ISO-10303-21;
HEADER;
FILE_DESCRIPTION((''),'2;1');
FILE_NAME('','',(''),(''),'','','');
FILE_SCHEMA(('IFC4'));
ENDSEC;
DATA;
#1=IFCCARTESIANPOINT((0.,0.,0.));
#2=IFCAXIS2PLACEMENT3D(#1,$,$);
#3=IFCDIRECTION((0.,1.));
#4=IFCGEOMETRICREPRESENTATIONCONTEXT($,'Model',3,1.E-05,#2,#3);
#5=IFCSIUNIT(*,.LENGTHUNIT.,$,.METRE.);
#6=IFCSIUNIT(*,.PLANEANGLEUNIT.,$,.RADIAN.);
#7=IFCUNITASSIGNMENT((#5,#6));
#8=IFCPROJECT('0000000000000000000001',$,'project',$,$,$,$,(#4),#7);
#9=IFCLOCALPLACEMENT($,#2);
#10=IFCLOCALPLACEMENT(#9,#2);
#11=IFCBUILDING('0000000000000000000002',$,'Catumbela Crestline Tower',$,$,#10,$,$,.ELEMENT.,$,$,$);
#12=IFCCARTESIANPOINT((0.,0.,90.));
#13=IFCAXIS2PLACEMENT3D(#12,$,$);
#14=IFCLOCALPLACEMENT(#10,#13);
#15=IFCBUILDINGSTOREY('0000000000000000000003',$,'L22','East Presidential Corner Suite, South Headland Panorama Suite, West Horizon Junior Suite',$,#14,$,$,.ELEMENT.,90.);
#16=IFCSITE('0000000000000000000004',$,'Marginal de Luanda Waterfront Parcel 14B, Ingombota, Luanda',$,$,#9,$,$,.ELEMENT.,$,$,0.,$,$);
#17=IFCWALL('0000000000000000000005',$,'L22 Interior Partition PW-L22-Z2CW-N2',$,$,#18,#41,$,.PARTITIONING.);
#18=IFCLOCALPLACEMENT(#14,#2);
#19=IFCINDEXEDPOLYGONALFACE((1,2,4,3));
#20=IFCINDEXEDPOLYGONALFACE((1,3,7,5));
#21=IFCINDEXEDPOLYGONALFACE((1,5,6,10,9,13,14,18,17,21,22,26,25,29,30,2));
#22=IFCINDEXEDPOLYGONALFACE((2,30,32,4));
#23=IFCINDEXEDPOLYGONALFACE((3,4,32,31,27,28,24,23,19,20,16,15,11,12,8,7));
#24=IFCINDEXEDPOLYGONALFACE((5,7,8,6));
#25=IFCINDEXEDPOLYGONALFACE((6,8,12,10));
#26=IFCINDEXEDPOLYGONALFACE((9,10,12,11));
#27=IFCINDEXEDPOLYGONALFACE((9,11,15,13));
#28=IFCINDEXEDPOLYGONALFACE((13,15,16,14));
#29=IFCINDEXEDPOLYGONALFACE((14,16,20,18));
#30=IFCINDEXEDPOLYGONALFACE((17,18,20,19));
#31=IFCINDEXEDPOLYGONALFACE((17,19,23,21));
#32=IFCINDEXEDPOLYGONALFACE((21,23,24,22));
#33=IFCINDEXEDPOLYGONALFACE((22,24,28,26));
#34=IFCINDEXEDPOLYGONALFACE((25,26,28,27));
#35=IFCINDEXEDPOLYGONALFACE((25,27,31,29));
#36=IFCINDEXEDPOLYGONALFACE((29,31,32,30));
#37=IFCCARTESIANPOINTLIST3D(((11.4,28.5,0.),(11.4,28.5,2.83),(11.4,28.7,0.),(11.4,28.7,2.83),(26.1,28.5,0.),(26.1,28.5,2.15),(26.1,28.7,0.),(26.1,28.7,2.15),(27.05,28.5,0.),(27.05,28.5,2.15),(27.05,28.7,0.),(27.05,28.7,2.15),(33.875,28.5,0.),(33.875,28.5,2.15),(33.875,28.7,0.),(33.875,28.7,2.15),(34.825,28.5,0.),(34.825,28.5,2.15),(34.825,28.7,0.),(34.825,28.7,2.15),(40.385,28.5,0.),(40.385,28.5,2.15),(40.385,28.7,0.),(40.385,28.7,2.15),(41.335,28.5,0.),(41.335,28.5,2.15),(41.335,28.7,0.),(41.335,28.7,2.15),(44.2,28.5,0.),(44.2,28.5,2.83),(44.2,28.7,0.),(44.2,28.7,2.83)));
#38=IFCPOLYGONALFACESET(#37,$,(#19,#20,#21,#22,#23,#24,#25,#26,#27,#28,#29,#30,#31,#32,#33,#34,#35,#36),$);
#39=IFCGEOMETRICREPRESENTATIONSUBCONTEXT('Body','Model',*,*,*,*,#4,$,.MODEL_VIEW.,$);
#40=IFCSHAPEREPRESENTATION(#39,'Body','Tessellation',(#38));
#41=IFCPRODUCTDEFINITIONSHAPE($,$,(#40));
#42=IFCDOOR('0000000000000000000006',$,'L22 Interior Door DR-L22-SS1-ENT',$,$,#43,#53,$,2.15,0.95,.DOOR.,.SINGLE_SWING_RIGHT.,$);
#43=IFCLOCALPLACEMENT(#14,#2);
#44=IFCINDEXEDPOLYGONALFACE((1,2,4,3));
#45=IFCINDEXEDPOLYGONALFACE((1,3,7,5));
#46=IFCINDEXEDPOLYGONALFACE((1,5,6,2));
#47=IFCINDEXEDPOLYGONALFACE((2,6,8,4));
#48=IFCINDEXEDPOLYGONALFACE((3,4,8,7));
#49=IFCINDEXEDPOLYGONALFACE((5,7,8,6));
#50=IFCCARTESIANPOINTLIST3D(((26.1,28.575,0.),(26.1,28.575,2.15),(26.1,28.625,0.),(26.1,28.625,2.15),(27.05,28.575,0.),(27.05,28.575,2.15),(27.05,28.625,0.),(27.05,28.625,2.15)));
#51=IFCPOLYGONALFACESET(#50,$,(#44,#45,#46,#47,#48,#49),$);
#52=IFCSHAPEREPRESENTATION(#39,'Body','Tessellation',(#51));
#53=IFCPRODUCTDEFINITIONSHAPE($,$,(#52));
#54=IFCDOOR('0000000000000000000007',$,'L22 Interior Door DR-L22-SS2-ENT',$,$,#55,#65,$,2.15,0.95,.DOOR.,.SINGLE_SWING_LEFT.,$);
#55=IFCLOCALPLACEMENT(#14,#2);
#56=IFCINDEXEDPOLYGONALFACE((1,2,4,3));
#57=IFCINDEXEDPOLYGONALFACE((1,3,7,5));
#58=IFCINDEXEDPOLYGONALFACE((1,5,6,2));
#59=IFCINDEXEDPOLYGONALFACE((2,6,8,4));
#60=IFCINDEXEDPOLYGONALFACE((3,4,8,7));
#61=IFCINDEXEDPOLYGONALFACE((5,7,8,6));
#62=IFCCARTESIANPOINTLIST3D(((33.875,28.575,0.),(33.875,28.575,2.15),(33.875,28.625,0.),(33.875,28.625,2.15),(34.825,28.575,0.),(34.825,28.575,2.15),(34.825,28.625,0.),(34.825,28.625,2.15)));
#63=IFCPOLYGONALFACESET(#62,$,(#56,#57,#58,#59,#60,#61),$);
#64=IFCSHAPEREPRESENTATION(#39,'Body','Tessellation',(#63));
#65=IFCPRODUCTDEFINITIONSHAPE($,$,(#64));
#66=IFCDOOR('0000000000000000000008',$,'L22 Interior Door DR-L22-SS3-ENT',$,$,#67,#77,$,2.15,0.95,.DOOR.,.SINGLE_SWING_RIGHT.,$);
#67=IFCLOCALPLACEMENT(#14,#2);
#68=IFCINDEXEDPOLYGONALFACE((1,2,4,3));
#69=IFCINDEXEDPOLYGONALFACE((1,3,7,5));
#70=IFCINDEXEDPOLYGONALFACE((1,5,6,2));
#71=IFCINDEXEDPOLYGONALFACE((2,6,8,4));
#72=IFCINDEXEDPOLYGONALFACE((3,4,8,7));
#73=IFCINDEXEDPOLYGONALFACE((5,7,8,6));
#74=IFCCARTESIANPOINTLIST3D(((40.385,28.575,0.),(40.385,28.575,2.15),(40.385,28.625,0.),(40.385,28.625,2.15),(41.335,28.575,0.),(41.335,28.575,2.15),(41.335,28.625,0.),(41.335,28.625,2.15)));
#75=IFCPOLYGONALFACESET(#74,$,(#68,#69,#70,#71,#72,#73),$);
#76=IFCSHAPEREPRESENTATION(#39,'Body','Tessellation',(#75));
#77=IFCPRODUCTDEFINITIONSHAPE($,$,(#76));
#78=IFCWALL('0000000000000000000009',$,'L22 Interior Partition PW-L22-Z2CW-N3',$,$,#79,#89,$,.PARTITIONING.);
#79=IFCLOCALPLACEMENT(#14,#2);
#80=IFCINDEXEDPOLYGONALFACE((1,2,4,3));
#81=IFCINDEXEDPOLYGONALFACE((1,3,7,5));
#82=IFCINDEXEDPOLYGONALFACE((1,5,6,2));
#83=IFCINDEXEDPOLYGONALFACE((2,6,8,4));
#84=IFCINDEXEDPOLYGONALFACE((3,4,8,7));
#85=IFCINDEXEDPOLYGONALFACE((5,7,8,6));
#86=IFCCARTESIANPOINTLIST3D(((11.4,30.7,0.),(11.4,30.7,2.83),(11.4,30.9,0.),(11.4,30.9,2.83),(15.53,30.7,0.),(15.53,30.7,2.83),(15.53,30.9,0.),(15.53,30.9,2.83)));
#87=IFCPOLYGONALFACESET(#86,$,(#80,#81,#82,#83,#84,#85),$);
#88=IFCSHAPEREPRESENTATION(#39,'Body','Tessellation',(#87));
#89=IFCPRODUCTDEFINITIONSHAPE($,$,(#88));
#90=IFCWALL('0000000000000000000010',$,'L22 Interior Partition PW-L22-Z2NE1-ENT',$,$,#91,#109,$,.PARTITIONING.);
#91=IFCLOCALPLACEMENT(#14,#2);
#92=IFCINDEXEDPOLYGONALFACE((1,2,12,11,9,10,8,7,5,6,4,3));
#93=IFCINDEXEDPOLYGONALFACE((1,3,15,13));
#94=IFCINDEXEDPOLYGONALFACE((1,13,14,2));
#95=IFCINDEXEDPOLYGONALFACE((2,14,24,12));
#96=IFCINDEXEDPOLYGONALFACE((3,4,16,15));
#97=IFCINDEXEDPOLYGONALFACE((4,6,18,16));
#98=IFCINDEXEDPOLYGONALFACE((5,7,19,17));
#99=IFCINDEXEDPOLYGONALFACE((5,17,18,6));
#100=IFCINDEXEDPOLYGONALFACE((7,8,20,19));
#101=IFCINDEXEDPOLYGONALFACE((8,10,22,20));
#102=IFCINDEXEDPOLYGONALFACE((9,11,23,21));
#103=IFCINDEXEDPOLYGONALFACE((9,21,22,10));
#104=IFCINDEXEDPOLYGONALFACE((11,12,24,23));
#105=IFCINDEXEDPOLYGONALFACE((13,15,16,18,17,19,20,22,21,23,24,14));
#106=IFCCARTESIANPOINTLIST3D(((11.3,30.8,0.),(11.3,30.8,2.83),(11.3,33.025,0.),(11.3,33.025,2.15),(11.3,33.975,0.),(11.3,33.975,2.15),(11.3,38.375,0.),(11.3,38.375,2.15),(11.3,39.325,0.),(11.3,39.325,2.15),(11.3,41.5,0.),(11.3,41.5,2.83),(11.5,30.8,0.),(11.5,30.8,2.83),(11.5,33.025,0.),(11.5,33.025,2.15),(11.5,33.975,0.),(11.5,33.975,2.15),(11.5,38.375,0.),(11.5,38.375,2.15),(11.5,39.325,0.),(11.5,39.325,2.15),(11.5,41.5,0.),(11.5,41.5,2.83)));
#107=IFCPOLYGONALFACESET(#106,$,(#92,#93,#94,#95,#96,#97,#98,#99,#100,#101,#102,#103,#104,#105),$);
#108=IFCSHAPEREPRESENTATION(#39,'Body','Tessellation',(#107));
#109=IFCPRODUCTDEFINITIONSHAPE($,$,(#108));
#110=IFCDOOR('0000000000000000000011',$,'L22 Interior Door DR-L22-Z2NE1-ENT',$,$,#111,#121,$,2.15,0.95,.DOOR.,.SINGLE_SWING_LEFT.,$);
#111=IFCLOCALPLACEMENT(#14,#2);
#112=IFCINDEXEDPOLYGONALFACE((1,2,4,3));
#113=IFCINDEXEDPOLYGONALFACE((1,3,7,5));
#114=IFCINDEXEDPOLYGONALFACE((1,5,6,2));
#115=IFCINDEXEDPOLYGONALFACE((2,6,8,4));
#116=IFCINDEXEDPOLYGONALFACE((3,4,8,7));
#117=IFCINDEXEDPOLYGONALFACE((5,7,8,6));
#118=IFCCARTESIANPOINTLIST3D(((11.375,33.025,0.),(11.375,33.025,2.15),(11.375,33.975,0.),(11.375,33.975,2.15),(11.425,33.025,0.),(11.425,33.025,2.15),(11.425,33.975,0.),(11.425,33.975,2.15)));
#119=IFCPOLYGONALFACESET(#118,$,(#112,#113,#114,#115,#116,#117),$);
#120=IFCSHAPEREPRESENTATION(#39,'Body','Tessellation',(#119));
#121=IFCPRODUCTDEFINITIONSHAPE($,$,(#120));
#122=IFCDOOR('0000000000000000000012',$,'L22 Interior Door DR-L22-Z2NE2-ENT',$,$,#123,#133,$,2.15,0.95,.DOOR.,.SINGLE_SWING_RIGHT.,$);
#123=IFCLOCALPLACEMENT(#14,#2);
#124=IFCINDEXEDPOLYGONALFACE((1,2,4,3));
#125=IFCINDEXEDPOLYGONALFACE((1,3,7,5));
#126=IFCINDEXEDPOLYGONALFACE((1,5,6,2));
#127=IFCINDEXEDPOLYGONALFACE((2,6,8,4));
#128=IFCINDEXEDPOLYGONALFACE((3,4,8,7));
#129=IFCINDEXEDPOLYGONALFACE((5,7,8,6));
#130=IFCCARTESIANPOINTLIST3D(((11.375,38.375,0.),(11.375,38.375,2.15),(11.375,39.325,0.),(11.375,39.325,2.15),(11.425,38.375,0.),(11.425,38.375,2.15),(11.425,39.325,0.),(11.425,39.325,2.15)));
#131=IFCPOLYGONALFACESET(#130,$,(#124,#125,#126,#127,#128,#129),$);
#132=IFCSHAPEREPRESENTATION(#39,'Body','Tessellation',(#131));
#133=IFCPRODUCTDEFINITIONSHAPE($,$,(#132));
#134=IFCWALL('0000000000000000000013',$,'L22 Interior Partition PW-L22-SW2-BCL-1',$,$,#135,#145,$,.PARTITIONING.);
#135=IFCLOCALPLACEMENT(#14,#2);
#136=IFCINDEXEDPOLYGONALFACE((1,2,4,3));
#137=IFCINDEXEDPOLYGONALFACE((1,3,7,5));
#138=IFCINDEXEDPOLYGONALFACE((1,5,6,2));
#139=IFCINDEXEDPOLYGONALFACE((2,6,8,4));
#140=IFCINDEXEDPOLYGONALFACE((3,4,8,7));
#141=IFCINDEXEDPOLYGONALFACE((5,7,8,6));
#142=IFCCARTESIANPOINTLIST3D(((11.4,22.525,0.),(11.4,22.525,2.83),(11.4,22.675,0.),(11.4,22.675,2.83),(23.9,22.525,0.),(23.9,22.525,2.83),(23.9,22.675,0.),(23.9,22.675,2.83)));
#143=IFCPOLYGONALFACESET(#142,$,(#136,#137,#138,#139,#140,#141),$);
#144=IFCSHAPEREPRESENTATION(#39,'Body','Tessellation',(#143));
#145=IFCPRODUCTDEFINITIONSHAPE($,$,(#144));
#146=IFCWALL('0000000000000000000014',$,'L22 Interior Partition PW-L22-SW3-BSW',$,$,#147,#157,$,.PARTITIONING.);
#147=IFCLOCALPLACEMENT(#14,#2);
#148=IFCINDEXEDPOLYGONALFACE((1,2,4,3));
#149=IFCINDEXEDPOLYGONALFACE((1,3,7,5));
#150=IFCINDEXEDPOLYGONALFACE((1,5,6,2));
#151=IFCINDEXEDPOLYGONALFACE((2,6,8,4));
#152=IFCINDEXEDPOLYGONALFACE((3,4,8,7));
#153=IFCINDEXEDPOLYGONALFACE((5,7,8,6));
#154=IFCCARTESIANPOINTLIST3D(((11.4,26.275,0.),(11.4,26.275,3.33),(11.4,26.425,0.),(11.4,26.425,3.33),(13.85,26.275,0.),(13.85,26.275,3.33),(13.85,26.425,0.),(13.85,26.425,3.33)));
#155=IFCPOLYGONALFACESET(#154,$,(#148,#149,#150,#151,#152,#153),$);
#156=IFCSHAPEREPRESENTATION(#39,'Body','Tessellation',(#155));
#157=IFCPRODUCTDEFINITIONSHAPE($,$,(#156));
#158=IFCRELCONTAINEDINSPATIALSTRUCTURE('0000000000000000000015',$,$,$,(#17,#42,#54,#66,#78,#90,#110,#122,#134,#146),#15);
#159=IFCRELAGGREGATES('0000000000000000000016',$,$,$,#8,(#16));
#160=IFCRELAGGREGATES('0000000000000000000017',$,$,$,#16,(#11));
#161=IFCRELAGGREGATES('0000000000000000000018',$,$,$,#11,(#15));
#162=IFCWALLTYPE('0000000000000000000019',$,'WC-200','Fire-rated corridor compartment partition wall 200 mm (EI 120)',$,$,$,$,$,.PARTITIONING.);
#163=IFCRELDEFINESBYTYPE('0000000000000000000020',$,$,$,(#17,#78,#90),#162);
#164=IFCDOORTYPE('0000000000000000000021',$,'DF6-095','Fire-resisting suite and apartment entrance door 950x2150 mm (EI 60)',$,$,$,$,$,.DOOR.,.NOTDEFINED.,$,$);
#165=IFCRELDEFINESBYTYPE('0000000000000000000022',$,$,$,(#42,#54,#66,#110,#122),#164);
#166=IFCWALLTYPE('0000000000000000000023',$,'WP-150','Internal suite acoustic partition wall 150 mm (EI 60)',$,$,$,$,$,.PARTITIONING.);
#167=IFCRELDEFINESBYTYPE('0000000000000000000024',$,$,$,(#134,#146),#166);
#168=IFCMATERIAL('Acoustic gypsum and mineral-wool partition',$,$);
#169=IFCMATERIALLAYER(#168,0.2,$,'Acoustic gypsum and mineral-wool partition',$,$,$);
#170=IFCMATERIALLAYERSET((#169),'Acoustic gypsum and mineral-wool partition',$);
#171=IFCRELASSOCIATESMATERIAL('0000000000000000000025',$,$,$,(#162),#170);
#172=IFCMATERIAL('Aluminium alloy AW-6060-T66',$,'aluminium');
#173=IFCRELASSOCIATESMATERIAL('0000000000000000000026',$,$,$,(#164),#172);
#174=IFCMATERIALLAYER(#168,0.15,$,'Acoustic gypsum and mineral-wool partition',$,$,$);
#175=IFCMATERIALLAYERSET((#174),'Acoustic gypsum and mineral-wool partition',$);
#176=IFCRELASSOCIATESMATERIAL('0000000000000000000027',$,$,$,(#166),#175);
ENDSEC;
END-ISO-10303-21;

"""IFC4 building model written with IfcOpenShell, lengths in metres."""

from ifc_helpers import new_model, si_unit, direction, frame, frame_2d, origin, place, context, subcontext, project, spatial, rectangle, extrude, material, layer, layer_set, type_object, element, fill, save


model = new_model("IFC4")

# Units and contexts
model_context = context("Model", 3, precision=1e-05, world=origin(), true_north=direction((0.0, 1.0)))
body_context = subcontext(model_context, "Body", "Model", "MODEL_VIEW")
ifc_project = project(units=[si_unit("LENGTHUNIT", "METRE"), si_unit("PLANEANGLEUNIT", "RADIAN")], contexts=[model_context])

# Site, building, storey
site_placement = place(None, origin())
site = spatial("IfcSite", under=ifc_project, at=site_placement, Name="Marginal de Luanda Waterfront Parcel 14B, Ingombota, Luanda", CompositionType="ELEMENT", RefElevation=0.0)
building_placement = place(site_placement, origin())
building = spatial("IfcBuilding", under=site, at=building_placement, Name="Catumbela Crestline Tower", CompositionType="ELEMENT")
storey_placement = place(building_placement, frame((0.0, 0.0, 90.0)))
storey = spatial("IfcBuildingStorey", under=building, at=storey_placement, Name="L22", Description="East Presidential Corner Suite, South Headland Panorama Suite, West Horizon Junior Suite", CompositionType="ELEMENT", Elevation=90.0)

# Wall, openings, doors
ifc_material_1 = material(Name="Acoustic gypsum and mineral-wool partition")
ifc_layer_1 = layer(ifc_material_1, 0.2, Name="Acoustic gypsum and mineral-wool partition")
ifc_layer_set_1 = layer_set([ifc_layer_1], Name="Acoustic gypsum and mineral-wool partition")
wall_type_1 = type_object("IfcWallType", Name="WC-200", Description="Fire-rated corridor compartment partition wall 200 mm (EI 120)", PredefinedType="PARTITIONING", material=ifc_layer_set_1)
wall_1_placement = place(storey_placement, frame((11.4, 28.6, 0.0), z_axis=(0.0, 0.0, 1.0), x_axis=(1.0, 0.0, 0.0)))
wall_1 = element("IfcWall", 1, at=wall_1_placement, inside=storey, type_object=wall_type_1, Name="L22 Interior Partition PW-L22-Z2CW-N2", PredefinedType="PARTITIONING", context=body_context, shape_type="SweptSolid", body=[
    extrude(rectangle(XDim=32.8, YDim=0.2, at=frame_2d((16.4, 0.0))), origin(), (0.0, 0.0, 1.0), 2.83),
])
opening_1_placement = place(wall_1_placement, frame((14.7, 0.0, 0.0)))
opening_1 = element("IfcOpeningElement", 2, at=opening_1_placement, cuts=wall_1, PredefinedType="OPENING", context=body_context, shape_type="SweptSolid", body=[
    extrude(rectangle(XDim=0.95, YDim=2.15, at=frame_2d((0.475, 1.075))), frame((0.0, 0.11, 0.0), z_axis=(0.0, -1.0, 0.0), x_axis=(1.0, 0.0, 0.0)), (0.0, 0.0, 1.0), 0.22),
])
opening_2_placement = place(wall_1_placement, frame((22.475, 0.0, 0.0)))
opening_2 = element("IfcOpeningElement", 3, at=opening_2_placement, cuts=wall_1, PredefinedType="OPENING", context=body_context, shape_type="SweptSolid", body=[
    extrude(rectangle(XDim=0.95, YDim=2.15, at=frame_2d((0.475, 1.075))), frame((0.0, 0.11, 0.0), z_axis=(0.0, -1.0, 0.0), x_axis=(1.0, 0.0, 0.0)), (0.0, 0.0, 1.0), 0.22),
])
opening_3_placement = place(wall_1_placement, frame((28.985, 0.0, 0.0)))
opening_3 = element("IfcOpeningElement", 4, at=opening_3_placement, cuts=wall_1, PredefinedType="OPENING", context=body_context, shape_type="SweptSolid", body=[
    extrude(rectangle(XDim=0.95, YDim=2.15, at=frame_2d((0.475, 1.075))), frame((0.0, 0.11, 0.0), z_axis=(0.0, -1.0, 0.0), x_axis=(1.0, 0.0, 0.0)), (0.0, 0.0, 1.0), 0.22),
])
ifc_material_2 = material(Name="Aluminium alloy AW-6060-T66", Category="aluminium")
door_type_1 = type_object("IfcDoorType", Name="DF6-095", Description="Fire-resisting suite and apartment entrance door 950x2150 mm (EI 60)", OperationType="NOTDEFINED", PredefinedType="DOOR", material=ifc_material_2)
door_1_placement = place(opening_1_placement, origin())
door_1 = element("IfcDoor", 5, at=door_1_placement, inside=storey, type_object=door_type_1, Name="L22 Interior Door DR-L22-SS1-ENT", OperationType="SINGLE_SWING_RIGHT", OverallHeight=2.15, OverallWidth=0.95, PredefinedType="DOOR", context=body_context, shape_type="SweptSolid", body=[
    extrude(rectangle(XDim=0.95, YDim=2.15, at=frame_2d((0.475, 1.075))), frame((0.0, 0.025, 0.0), z_axis=(0.0, -1.0, 0.0), x_axis=(1.0, 0.0, 0.0)), (0.0, 0.0, 1.0), 0.05),
])
fill(opening_1, door_1)
door_2_placement = place(opening_2_placement, origin())
door_2 = element("IfcDoor", 6, at=door_2_placement, inside=storey, type_object=door_type_1, Name="L22 Interior Door DR-L22-SS2-ENT", OperationType="SINGLE_SWING_LEFT", OverallHeight=2.15, OverallWidth=0.95, PredefinedType="DOOR", context=body_context, shape_type="SweptSolid", body=[
    extrude(rectangle(XDim=0.95, YDim=2.15, at=frame_2d((0.475, 1.075))), frame((0.0, 0.025, 0.0), z_axis=(0.0, -1.0, 0.0), x_axis=(1.0, 0.0, 0.0)), (0.0, 0.0, 1.0), 0.05),
])
fill(opening_2, door_2)
door_3_placement = place(opening_3_placement, origin())
door_3 = element("IfcDoor", 7, at=door_3_placement, inside=storey, type_object=door_type_1, Name="L22 Interior Door DR-L22-SS3-ENT", OperationType="SINGLE_SWING_RIGHT", OverallHeight=2.15, OverallWidth=0.95, PredefinedType="DOOR", context=body_context, shape_type="SweptSolid", body=[
    extrude(rectangle(XDim=0.95, YDim=2.15, at=frame_2d((0.475, 1.075))), frame((0.0, 0.025, 0.0), z_axis=(0.0, -1.0, 0.0), x_axis=(1.0, 0.0, 0.0)), (0.0, 0.0, 1.0), 0.05),
])
fill(opening_3, door_3)

# Wall
wall_2_placement = place(storey_placement, frame((11.4, 30.8, 0.0), z_axis=(0.0, 0.0, 1.0), x_axis=(1.0, 0.0, 0.0)))
element("IfcWall", 8, at=wall_2_placement, inside=storey, type_object=wall_type_1, Name="L22 Interior Partition PW-L22-Z2CW-N3", PredefinedType="PARTITIONING", context=body_context, shape_type="SweptSolid", body=[
    extrude(rectangle(XDim=4.13, YDim=0.2, at=frame_2d((2.065, 0.0))), origin(), (0.0, 0.0, 1.0), 2.83),
])

# Wall, openings, doors
wall_3_placement = place(storey_placement, frame((11.4, 30.8, 0.0), z_axis=(0.0, 0.0, 1.0), x_axis=(0.0, 1.0, 0.0)))
wall_3 = element("IfcWall", 9, at=wall_3_placement, inside=storey, type_object=wall_type_1, Name="L22 Interior Partition PW-L22-Z2NE1-ENT", PredefinedType="PARTITIONING", context=body_context, shape_type="SweptSolid", body=[
    extrude(rectangle(XDim=10.7, YDim=0.2, at=frame_2d((5.35, 0.0))), origin(), (0.0, 0.0, 1.0), 2.83),
])
opening_4_placement = place(wall_3_placement, frame((2.225, 0.0, 0.0)))
opening_4 = element("IfcOpeningElement", 10, at=opening_4_placement, cuts=wall_3, PredefinedType="OPENING", context=body_context, shape_type="SweptSolid", body=[
    extrude(rectangle(XDim=0.95, YDim=2.15, at=frame_2d((0.475, 1.075))), frame((0.0, 0.11, 0.0), z_axis=(0.0, -1.0, 0.0), x_axis=(1.0, 0.0, 0.0)), (0.0, 0.0, 1.0), 0.22),
])
opening_5_placement = place(wall_3_placement, frame((7.575, 0.0, 0.0)))
opening_5 = element("IfcOpeningElement", 11, at=opening_5_placement, cuts=wall_3, PredefinedType="OPENING", context=body_context, shape_type="SweptSolid", body=[
    extrude(rectangle(XDim=0.95, YDim=2.15, at=frame_2d((0.475, 1.075))), frame((0.0, 0.11, 0.0), z_axis=(0.0, -1.0, 0.0), x_axis=(1.0, 0.0, 0.0)), (0.0, 0.0, 1.0), 0.22),
])
door_4_placement = place(opening_4_placement, origin())
door_4 = element("IfcDoor", 12, at=door_4_placement, inside=storey, type_object=door_type_1, Name="L22 Interior Door DR-L22-Z2NE1-ENT", OperationType="SINGLE_SWING_LEFT", OverallHeight=2.15, OverallWidth=0.95, PredefinedType="DOOR", context=body_context, shape_type="SweptSolid", body=[
    extrude(rectangle(XDim=0.95, YDim=2.15, at=frame_2d((0.475, 1.075))), frame((0.0, 0.025, 0.0), z_axis=(0.0, -1.0, 0.0), x_axis=(1.0, 0.0, 0.0)), (0.0, 0.0, 1.0), 0.05),
])
fill(opening_4, door_4)
door_5_placement = place(opening_5_placement, origin())
door_5 = element("IfcDoor", 13, at=door_5_placement, inside=storey, type_object=door_type_1, Name="L22 Interior Door DR-L22-Z2NE2-ENT", OperationType="SINGLE_SWING_RIGHT", OverallHeight=2.15, OverallWidth=0.95, PredefinedType="DOOR", context=body_context, shape_type="SweptSolid", body=[
    extrude(rectangle(XDim=0.95, YDim=2.15, at=frame_2d((0.475, 1.075))), frame((0.0, 0.025, 0.0), z_axis=(0.0, -1.0, 0.0), x_axis=(1.0, 0.0, 0.0)), (0.0, 0.0, 1.0), 0.05),
])
fill(opening_5, door_5)

# Walls
ifc_layer_2 = layer(ifc_material_1, 0.15, Name="Acoustic gypsum and mineral-wool partition")
ifc_layer_set_2 = layer_set([ifc_layer_2], Name="Acoustic gypsum and mineral-wool partition")
wall_type_2 = type_object("IfcWallType", Name="WP-150", Description="Internal suite acoustic partition wall 150 mm (EI 60)", PredefinedType="PARTITIONING", material=ifc_layer_set_2)
wall_4_placement = place(storey_placement, frame((11.4, 22.6, 0.0), z_axis=(0.0, 0.0, 1.0), x_axis=(1.0, 0.0, 0.0)))
element("IfcWall", 14, at=wall_4_placement, inside=storey, type_object=wall_type_2, Name="L22 Interior Partition PW-L22-SW2-BCL-1", PredefinedType="PARTITIONING", context=body_context, shape_type="SweptSolid", body=[
    extrude(rectangle(XDim=12.5, YDim=0.15, at=frame_2d((6.25, 0.0))), origin(), (0.0, 0.0, 1.0), 2.83),
])
wall_5_placement = place(storey_placement, frame((11.4, 26.35, 0.0), z_axis=(0.0, 0.0, 1.0), x_axis=(1.0, 0.0, 0.0)))
element("IfcWall", 15, at=wall_5_placement, inside=storey, type_object=wall_type_2, Name="L22 Interior Partition PW-L22-SW3-BSW", PredefinedType="PARTITIONING", context=body_context, shape_type="SweptSolid", body=[
    extrude(rectangle(XDim=2.45, YDim=0.15, at=frame_2d((1.225, 0.0))), origin(), (0.0, 0.0, 1.0), 3.33),
])

save(model, "model.ifc")
